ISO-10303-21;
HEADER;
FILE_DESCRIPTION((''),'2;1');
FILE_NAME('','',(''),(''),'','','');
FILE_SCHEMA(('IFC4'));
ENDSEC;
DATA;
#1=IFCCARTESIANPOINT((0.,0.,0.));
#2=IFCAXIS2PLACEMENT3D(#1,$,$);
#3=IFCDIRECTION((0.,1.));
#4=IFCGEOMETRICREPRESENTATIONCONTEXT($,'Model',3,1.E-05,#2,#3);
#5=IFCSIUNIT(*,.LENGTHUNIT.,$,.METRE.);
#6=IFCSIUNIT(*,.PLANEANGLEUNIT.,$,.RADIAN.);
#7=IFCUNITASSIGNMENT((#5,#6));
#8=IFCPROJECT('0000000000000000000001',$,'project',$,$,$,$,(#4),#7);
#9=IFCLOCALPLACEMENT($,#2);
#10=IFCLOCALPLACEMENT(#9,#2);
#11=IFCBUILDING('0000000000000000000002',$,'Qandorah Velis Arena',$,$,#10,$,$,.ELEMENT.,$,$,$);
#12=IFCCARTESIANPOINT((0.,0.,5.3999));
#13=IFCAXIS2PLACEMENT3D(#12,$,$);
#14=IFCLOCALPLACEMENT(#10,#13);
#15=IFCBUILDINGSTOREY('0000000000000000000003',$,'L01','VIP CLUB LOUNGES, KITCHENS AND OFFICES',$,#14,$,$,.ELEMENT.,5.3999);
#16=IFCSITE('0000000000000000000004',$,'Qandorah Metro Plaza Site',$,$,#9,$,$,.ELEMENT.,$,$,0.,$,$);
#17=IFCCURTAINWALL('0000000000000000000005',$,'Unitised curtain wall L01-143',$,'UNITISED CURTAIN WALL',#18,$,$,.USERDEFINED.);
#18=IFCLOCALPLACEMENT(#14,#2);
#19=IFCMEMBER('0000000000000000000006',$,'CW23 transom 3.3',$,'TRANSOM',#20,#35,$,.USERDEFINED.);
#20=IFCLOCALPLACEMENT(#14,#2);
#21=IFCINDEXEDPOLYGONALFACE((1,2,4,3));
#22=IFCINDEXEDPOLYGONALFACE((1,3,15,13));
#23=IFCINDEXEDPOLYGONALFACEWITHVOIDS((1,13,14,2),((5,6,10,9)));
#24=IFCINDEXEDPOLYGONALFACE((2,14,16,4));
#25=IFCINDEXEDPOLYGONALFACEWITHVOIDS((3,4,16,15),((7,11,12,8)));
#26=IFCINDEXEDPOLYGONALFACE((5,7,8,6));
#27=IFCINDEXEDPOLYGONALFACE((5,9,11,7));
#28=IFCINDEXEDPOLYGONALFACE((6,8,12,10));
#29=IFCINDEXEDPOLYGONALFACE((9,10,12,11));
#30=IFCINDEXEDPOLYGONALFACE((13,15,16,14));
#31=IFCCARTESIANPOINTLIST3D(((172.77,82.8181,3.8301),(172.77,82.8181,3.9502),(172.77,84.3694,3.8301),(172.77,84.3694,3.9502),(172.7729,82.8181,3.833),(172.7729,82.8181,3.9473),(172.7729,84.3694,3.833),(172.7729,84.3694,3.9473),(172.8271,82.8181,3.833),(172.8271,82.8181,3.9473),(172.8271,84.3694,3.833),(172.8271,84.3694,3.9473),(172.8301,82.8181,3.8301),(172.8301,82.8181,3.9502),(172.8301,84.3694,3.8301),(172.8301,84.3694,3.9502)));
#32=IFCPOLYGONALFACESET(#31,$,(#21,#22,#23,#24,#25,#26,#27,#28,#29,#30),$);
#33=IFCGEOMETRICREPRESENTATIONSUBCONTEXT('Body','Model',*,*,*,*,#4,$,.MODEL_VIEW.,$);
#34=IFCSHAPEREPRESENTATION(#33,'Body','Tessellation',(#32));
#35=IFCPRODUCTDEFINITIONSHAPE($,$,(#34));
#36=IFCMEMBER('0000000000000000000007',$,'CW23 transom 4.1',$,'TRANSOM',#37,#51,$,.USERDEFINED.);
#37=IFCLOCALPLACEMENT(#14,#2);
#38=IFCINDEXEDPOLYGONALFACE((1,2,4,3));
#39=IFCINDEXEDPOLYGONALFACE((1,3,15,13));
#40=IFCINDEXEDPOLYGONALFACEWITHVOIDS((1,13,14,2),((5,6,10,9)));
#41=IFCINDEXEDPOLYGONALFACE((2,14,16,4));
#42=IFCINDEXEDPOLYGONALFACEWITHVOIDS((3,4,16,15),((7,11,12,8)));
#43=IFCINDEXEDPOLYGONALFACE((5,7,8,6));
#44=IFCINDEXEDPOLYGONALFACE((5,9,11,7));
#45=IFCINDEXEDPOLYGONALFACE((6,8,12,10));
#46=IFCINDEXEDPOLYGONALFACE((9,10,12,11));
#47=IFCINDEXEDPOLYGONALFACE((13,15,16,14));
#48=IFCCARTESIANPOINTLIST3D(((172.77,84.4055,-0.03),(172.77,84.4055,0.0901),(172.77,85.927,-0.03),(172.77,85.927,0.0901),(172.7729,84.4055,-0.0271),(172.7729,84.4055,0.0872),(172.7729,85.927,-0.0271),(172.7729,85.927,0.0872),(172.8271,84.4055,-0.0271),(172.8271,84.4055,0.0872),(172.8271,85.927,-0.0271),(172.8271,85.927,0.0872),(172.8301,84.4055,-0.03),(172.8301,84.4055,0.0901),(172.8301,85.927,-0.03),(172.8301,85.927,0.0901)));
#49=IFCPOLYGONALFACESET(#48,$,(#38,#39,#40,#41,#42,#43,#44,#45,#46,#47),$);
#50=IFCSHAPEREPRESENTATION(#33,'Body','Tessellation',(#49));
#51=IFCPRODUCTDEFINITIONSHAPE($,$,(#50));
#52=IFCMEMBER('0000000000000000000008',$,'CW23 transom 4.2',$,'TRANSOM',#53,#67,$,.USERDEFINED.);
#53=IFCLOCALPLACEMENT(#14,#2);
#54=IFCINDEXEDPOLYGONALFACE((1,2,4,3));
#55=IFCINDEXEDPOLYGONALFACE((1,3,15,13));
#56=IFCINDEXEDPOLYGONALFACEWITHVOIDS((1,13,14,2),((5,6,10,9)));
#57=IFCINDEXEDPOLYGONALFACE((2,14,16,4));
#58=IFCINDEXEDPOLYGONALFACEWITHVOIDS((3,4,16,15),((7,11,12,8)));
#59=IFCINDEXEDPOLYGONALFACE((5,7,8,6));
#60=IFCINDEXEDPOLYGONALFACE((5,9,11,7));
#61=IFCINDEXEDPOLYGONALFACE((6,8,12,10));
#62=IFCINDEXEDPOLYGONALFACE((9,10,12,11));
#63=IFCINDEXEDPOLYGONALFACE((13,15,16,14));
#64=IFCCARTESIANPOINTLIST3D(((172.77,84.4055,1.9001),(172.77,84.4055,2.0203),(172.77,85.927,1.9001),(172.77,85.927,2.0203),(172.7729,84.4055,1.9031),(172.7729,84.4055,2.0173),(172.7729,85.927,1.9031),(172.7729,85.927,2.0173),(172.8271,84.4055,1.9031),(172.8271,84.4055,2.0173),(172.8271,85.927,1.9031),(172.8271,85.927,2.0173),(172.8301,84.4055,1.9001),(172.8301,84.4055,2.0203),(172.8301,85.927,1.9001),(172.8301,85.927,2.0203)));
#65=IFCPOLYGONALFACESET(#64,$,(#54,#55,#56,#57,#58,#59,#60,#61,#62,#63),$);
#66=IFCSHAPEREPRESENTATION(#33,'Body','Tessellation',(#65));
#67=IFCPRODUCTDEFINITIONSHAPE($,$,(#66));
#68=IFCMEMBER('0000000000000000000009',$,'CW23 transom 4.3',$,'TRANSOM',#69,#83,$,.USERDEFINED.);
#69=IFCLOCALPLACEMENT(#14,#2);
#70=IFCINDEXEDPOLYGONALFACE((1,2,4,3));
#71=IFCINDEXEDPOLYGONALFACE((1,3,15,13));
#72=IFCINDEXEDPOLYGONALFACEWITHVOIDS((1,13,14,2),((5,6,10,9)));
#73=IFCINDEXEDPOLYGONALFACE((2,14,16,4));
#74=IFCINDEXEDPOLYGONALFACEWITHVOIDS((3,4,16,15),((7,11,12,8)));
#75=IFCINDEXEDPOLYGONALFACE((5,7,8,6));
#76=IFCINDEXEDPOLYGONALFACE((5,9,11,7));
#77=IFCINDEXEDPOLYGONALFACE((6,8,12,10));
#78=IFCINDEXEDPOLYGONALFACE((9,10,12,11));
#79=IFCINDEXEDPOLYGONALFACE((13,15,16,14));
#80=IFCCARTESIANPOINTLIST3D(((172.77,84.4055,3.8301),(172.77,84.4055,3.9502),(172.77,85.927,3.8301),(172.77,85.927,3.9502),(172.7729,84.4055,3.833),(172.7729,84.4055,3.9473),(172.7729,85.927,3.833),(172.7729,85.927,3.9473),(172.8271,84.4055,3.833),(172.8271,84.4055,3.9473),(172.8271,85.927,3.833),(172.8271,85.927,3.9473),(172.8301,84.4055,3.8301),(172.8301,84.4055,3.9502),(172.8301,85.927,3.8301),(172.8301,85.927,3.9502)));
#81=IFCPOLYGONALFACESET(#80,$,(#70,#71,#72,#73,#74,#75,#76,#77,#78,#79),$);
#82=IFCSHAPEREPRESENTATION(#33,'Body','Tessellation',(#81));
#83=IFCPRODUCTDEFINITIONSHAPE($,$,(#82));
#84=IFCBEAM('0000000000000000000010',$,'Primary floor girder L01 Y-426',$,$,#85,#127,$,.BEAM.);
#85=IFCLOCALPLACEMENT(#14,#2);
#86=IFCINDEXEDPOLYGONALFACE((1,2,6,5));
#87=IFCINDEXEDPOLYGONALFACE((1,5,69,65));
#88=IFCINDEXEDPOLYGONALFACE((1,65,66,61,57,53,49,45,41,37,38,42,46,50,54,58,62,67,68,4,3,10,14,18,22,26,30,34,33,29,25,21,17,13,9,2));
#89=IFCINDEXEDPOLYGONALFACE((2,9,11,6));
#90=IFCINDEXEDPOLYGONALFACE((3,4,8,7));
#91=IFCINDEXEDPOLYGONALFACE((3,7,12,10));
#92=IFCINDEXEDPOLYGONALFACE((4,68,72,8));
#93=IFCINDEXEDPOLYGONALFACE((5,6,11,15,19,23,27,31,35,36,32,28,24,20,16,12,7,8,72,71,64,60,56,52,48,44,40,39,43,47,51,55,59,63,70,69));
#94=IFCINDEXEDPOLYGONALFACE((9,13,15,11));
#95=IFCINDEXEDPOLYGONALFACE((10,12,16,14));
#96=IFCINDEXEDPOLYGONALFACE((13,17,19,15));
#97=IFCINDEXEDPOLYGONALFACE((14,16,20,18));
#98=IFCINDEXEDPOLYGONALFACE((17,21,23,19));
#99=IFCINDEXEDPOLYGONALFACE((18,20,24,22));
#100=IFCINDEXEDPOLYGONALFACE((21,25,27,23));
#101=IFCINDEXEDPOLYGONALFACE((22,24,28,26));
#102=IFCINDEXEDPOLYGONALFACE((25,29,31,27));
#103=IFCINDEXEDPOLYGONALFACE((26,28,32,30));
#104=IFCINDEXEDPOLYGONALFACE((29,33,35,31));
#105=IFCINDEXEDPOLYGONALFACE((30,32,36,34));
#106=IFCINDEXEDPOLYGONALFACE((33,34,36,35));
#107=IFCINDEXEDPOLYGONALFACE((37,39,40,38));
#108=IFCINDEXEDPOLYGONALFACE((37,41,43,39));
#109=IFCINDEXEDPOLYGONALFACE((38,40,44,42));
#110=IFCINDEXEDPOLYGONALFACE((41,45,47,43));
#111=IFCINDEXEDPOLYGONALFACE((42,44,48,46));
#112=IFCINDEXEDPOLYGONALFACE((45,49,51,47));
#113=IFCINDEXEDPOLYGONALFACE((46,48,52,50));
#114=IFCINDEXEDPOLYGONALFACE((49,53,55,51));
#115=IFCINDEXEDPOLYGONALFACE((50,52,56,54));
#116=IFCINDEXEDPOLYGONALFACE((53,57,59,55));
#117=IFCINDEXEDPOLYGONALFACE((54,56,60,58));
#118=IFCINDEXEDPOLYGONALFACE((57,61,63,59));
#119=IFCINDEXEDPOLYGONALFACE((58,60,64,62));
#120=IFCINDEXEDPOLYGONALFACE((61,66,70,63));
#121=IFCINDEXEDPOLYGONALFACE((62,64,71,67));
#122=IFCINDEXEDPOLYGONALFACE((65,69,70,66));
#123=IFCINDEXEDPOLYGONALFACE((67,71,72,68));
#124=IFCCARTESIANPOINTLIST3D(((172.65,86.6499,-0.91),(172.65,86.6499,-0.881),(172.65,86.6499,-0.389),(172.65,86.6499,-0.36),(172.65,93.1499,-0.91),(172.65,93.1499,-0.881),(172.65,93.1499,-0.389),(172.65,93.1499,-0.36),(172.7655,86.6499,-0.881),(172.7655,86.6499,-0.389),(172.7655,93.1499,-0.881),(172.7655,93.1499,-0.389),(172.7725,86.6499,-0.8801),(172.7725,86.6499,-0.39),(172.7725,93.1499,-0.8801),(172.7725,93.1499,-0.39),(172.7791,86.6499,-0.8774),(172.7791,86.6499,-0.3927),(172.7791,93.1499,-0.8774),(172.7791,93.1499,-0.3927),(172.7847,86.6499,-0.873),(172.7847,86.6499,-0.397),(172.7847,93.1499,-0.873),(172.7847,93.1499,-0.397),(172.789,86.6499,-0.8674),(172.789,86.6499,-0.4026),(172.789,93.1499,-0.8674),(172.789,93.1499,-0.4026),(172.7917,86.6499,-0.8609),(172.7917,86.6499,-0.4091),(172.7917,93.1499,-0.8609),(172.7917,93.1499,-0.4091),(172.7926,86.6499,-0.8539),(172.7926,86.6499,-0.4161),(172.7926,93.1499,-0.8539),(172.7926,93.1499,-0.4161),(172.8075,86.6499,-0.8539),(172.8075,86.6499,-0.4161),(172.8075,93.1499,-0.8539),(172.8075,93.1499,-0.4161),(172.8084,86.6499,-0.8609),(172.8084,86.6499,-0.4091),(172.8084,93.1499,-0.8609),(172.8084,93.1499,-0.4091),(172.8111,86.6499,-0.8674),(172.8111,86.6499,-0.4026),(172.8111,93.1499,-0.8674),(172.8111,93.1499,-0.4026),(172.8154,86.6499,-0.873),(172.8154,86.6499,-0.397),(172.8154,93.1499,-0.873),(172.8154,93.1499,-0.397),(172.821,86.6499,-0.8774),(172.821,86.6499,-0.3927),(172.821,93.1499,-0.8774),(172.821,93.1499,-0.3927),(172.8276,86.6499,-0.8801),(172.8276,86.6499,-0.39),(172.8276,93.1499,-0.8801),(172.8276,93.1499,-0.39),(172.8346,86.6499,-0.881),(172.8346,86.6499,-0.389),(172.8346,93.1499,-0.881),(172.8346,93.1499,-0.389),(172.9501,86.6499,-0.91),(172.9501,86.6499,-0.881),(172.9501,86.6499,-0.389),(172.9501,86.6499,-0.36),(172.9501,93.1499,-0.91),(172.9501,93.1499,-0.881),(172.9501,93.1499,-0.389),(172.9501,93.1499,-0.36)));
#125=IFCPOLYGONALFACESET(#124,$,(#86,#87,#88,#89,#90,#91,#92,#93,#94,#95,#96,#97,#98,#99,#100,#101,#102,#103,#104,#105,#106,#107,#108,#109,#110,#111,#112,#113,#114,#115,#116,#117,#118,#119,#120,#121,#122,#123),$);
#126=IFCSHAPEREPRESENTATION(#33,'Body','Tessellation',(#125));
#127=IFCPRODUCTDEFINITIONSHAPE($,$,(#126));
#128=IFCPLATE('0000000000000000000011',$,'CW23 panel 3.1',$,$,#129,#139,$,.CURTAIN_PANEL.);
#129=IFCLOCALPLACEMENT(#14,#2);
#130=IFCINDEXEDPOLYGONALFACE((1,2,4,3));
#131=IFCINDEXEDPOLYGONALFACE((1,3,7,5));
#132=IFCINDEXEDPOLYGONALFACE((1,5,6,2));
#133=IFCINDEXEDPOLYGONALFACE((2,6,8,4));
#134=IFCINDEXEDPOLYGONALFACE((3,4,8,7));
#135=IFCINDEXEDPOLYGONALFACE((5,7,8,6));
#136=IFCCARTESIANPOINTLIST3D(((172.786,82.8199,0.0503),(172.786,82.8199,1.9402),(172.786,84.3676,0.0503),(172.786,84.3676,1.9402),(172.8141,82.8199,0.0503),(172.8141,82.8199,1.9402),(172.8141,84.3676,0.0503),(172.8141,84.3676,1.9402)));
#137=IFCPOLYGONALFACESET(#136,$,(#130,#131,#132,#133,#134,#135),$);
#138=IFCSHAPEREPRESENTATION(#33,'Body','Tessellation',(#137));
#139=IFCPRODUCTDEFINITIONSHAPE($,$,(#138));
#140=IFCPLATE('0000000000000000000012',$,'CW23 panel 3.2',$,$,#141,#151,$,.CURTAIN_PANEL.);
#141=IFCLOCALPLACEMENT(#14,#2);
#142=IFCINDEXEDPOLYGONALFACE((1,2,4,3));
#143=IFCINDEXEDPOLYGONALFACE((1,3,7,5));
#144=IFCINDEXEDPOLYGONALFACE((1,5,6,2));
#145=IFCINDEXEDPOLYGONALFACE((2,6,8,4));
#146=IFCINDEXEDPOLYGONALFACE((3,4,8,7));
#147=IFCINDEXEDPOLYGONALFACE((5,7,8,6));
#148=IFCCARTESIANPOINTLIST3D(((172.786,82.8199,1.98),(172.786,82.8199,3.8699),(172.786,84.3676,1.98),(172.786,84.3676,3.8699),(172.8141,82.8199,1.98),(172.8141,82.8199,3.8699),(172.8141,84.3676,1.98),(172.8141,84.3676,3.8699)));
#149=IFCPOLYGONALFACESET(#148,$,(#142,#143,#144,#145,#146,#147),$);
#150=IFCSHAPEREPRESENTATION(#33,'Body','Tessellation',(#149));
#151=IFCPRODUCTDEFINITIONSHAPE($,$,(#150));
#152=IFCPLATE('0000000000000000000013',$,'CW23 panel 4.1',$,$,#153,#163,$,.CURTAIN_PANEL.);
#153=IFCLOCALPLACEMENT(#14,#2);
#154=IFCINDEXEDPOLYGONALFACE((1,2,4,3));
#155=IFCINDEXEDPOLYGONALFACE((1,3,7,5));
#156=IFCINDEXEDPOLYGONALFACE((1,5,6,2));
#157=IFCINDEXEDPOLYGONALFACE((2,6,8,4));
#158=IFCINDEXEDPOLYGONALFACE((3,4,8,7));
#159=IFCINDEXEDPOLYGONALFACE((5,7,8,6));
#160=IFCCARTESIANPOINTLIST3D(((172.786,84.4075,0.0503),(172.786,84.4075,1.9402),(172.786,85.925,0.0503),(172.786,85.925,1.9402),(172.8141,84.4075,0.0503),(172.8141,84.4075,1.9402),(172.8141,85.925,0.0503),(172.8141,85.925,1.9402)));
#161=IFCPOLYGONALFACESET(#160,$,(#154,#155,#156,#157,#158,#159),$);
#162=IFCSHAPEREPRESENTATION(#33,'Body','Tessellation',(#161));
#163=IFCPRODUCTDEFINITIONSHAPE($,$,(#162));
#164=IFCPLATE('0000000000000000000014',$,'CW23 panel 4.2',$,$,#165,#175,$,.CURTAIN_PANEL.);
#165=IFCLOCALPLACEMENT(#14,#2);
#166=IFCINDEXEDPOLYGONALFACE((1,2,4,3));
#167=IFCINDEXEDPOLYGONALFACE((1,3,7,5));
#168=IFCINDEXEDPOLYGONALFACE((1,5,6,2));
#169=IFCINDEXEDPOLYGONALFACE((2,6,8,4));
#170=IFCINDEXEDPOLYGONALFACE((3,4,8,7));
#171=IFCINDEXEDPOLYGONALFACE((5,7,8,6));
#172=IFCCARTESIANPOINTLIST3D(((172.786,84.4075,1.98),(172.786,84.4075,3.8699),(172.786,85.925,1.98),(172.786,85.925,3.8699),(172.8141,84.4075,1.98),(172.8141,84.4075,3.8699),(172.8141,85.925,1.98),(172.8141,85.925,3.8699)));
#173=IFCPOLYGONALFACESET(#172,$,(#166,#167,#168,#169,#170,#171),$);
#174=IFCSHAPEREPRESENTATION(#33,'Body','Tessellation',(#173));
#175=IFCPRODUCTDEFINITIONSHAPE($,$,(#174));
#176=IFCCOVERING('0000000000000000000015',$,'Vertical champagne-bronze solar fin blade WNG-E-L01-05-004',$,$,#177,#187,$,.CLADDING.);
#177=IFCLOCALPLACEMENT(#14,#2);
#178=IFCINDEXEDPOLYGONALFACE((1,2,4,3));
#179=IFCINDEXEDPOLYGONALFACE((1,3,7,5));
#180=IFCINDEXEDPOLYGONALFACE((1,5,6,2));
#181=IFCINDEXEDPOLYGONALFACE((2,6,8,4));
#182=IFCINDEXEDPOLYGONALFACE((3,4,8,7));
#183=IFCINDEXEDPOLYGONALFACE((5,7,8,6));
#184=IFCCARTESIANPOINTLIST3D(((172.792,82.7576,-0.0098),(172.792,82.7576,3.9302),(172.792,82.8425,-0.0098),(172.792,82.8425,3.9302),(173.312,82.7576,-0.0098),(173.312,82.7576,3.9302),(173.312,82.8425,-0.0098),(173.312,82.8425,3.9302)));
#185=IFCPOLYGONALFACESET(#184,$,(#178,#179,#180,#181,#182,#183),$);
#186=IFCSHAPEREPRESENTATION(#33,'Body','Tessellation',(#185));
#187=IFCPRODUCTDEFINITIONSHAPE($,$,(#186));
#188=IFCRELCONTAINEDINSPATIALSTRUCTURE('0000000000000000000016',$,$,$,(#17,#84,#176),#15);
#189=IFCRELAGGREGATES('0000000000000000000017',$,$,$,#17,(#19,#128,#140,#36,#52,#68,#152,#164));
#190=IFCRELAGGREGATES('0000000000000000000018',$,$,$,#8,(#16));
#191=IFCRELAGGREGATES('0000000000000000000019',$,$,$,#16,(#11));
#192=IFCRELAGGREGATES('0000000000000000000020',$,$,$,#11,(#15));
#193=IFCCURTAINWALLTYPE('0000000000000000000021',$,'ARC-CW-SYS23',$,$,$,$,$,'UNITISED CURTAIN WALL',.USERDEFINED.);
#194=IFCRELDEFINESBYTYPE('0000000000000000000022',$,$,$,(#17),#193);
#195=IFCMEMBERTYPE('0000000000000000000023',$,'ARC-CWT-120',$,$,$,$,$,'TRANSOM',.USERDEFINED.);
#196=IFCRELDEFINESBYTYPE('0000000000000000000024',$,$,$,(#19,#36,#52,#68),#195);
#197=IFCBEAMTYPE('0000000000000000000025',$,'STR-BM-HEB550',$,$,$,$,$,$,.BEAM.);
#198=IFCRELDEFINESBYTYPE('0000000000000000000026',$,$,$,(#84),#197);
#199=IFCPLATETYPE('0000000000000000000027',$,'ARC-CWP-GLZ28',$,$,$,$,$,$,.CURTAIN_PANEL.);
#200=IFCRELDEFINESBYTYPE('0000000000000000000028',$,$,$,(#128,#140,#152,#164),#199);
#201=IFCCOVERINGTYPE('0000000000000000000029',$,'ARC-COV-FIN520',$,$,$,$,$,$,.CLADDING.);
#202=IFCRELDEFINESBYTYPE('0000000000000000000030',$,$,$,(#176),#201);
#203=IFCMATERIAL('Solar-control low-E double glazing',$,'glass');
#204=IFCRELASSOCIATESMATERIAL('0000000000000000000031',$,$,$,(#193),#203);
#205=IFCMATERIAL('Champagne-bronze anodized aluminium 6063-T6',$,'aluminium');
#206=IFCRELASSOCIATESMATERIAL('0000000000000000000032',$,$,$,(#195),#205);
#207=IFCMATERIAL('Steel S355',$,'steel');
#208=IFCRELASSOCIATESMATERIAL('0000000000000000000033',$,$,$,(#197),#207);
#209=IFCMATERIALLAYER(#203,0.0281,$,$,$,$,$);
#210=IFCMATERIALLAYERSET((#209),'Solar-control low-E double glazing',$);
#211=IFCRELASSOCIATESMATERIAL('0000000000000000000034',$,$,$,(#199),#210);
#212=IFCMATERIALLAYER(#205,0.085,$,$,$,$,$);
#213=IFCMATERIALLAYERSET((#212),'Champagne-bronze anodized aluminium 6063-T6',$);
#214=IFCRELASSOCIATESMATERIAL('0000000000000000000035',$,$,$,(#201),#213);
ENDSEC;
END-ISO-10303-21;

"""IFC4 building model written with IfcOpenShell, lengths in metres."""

from ifc_helpers import new_model, si_unit, direction, frame, origin, origin_2d, place, context, subcontext, project, spatial, rectangle, hollow_rectangle, i_section, extrude, material, layer, layer_set, material_profile, profile_set, type_object, element, aggregate, save


model = new_model("IFC4")

# Units and contexts
model_context = context("Model", 3, precision=1e-05, world=origin(), true_north=direction((0.0, 1.0)))
body_context = subcontext(model_context, "Body", "Model", "MODEL_VIEW")
ifc_project = project(units=[si_unit("LENGTHUNIT", "METRE"), si_unit("PLANEANGLEUNIT", "RADIAN")], contexts=[model_context])

# Site, building, storey
site_placement = place(None, origin())
site = spatial("IfcSite", under=ifc_project, at=site_placement, Name="Qandorah Metro Plaza Site", CompositionType="ELEMENT", RefElevation=0.0)
building_placement = place(site_placement, origin())
building = spatial("IfcBuilding", under=site, at=building_placement, Name="Qandorah Velis Arena", CompositionType="ELEMENT")
storey_placement = place(building_placement, frame((0.0, 0.0, 5.3999)))
storey = spatial("IfcBuildingStorey", under=building, at=storey_placement, Name="L01", Description="VIP CLUB LOUNGES, KITCHENS AND OFFICES", CompositionType="ELEMENT", Elevation=5.3999)

# Shared definitions
ifc_material_1 = material(Name="Solar-control low-E double glazing", Category="glass")
ifc_material_2 = material(Name="Champagne-bronze anodized aluminium 6063-T6", Category="aluminium")

# Curtain wall
curtain_wall_type_1 = type_object("IfcCurtainWallType", Name="ARC-CW-SYS23", ElementType="UNITISED CURTAIN WALL", PredefinedType="USERDEFINED", material=ifc_material_1)
curtain_wall_1_placement = place(storey_placement, origin())
curtain_wall_1 = element("IfcCurtainWall", 1, at=curtain_wall_1_placement, inside=storey, type_object=curtain_wall_type_1, Name="Unitised curtain wall L01-143", ObjectType="UNITISED CURTAIN WALL", PredefinedType="USERDEFINED")

# Members
ifc_material_profile_1 = material_profile(ifc_material_2, hollow_rectangle(XDim=0.0601, YDim=0.1201, WallThickness=0.0029, at=origin_2d()), Name="ALU TRANSOM 60x120")
ifc_profile_set_1 = profile_set([ifc_material_profile_1], Name="Champagne-bronze anodized aluminium 6063-T6")
member_type_1 = type_object("IfcMemberType", Name="ARC-CWT-120", ElementType="TRANSOM", PredefinedType="USERDEFINED", material=ifc_profile_set_1)
member_1_placement = place(storey_placement, frame((172.8, 82.8181, 3.8901), z_axis=(0.0, 1.0, 0.0), x_axis=(-1.0, 0.0, 0.0)))
member_1 = element("IfcMember", 2, at=member_1_placement, type_object=member_type_1, Name="CW23 transom 3.3", ObjectType="TRANSOM", PredefinedType="USERDEFINED", context=body_context, shape_type="SweptSolid", body=[
    extrude(hollow_rectangle(XDim=0.0601, YDim=0.1201, WallThickness=0.0029, at=origin_2d()), origin(), (0.0, 0.0, 1.0), 1.5513),
])
member_2_placement = place(storey_placement, frame((172.8, 84.4055, 0.03), z_axis=(0.0, 1.0, 0.0), x_axis=(-1.0, 0.0, 0.0)))
member_2 = element("IfcMember", 3, at=member_2_placement, type_object=member_type_1, Name="CW23 transom 4.1", ObjectType="TRANSOM", PredefinedType="USERDEFINED", context=body_context, shape_type="SweptSolid", body=[
    extrude(hollow_rectangle(XDim=0.0601, YDim=0.1201, WallThickness=0.0029, at=origin_2d()), origin(), (0.0, 0.0, 1.0), 1.5215),
])
member_3_placement = place(storey_placement, frame((172.8, 84.4055, 1.9602), z_axis=(0.0, 1.0, 0.0), x_axis=(-1.0, 0.0, 0.0)))
member_3 = element("IfcMember", 4, at=member_3_placement, type_object=member_type_1, Name="CW23 transom 4.2", ObjectType="TRANSOM", PredefinedType="USERDEFINED", context=body_context, shape_type="SweptSolid", body=[
    extrude(hollow_rectangle(XDim=0.0601, YDim=0.1201, WallThickness=0.0029, at=origin_2d()), origin(), (0.0, 0.0, 1.0), 1.5215),
])
member_4_placement = place(storey_placement, frame((172.8, 84.4055, 3.8901), z_axis=(0.0, 1.0, 0.0), x_axis=(-1.0, 0.0, 0.0)))
member_4 = element("IfcMember", 5, at=member_4_placement, type_object=member_type_1, Name="CW23 transom 4.3", ObjectType="TRANSOM", PredefinedType="USERDEFINED", context=body_context, shape_type="SweptSolid", body=[
    extrude(hollow_rectangle(XDim=0.0601, YDim=0.1201, WallThickness=0.0029, at=origin_2d()), origin(), (0.0, 0.0, 1.0), 1.5215),
])

# Beam
ifc_material_3 = material(Name="Steel S355", Category="steel")
ifc_material_profile_2 = material_profile(ifc_material_3, i_section(OverallWidth=0.3, OverallDepth=0.55, WebThickness=0.0149, FlangeThickness=0.0291, FilletRadius=0.0271, at=origin_2d()), Name="HEB 550")
ifc_profile_set_2 = profile_set([ifc_material_profile_2], Name="Steel S355")
beam_type = type_object("IfcBeamType", Name="STR-BM-HEB550", PredefinedType="BEAM", material=ifc_profile_set_2)
beam_placement = place(storey_placement, frame((172.8, 86.6499, -0.635), z_axis=(0.0, 1.0, 0.0), x_axis=(-1.0, 0.0, 0.0)))
element("IfcBeam", 6, at=beam_placement, inside=storey, type_object=beam_type, Name="Primary floor girder L01 Y-426", PredefinedType="BEAM", context=body_context, shape_type="SweptSolid", body=[
    extrude(i_section(OverallWidth=0.3, OverallDepth=0.55, WebThickness=0.0149, FlangeThickness=0.0291, FilletRadius=0.0271, at=origin_2d()), origin(), (0.0, 0.0, 1.0), 6.5),
])

# Plates
ifc_layer_1 = layer(ifc_material_1, 0.0281)
ifc_layer_set_1 = layer_set([ifc_layer_1], Name="Solar-control low-E double glazing")
plate_type = type_object("IfcPlateType", Name="ARC-CWP-GLZ28", PredefinedType="CURTAIN_PANEL", material=ifc_layer_set_1)
plate_1_placement = place(storey_placement, frame((172.8, 83.5938, 0.0503), z_axis=(0.0, 0.0, 1.0), x_axis=(0.0, 1.0, 0.0)))
plate_1 = element("IfcPlate", 7, at=plate_1_placement, type_object=plate_type, Name="CW23 panel 3.1", PredefinedType="CURTAIN_PANEL", context=body_context, shape_type="SweptSolid", body=[
    extrude(rectangle(XDim=1.5476, YDim=0.0281, at=origin_2d()), origin(), (0.0, 0.0, 1.0), 1.8899),
])
plate_2_placement = place(storey_placement, frame((172.8, 83.5938, 1.98), z_axis=(0.0, 0.0, 1.0), x_axis=(0.0, 1.0, 0.0)))
plate_2 = element("IfcPlate", 8, at=plate_2_placement, type_object=plate_type, Name="CW23 panel 3.2", PredefinedType="CURTAIN_PANEL", context=body_context, shape_type="SweptSolid", body=[
    extrude(rectangle(XDim=1.5476, YDim=0.0281, at=origin_2d()), origin(), (0.0, 0.0, 1.0), 1.8899),
])
plate_3_placement = place(storey_placement, frame((172.8, 85.1663, 0.0503), z_axis=(0.0, 0.0, 1.0), x_axis=(0.0, 1.0, 0.0)))
plate_3 = element("IfcPlate", 9, at=plate_3_placement, type_object=plate_type, Name="CW23 panel 4.1", PredefinedType="CURTAIN_PANEL", context=body_context, shape_type="SweptSolid", body=[
    extrude(rectangle(XDim=1.5176, YDim=0.0281, at=origin_2d()), origin(), (0.0, 0.0, 1.0), 1.8899),
])
plate_4_placement = place(storey_placement, frame((172.8, 85.1663, 1.98), z_axis=(0.0, 0.0, 1.0), x_axis=(0.0, 1.0, 0.0)))
plate_4 = element("IfcPlate", 10, at=plate_4_placement, type_object=plate_type, Name="CW23 panel 4.2", PredefinedType="CURTAIN_PANEL", context=body_context, shape_type="SweptSolid", body=[
    extrude(rectangle(XDim=1.5176, YDim=0.0281, at=origin_2d()), origin(), (0.0, 0.0, 1.0), 1.8899),
])
aggregate(curtain_wall_1, [member_1, plate_1, plate_2, member_2, member_3, member_4, plate_3, plate_4])

# Covering
ifc_layer_2 = layer(ifc_material_2, 0.085)
ifc_layer_set_2 = layer_set([ifc_layer_2], Name="Champagne-bronze anodized aluminium 6063-T6")
covering_type = type_object("IfcCoveringType", Name="ARC-COV-FIN520", PredefinedType="CLADDING", material=ifc_layer_set_2)
for number, where, z_axis, x_axis, name in (
    (11, (173.052, 82.8, -0.0098), (0.0, 0.0, 1.0), (1.0, 0.0, 0.0), "Vertical champagne-bronze solar fin blade WNG-E-L01-05-004"),
):
    element("IfcCovering", number, at=place(storey_placement, frame(where, z_axis=z_axis, x_axis=x_axis)), inside=storey, type_object=covering_type, Name=name, PredefinedType="CLADDING", context=body_context, shape_type="SweptSolid", body=[
        extrude(rectangle(XDim=0.52, YDim=0.085, at=origin_2d()), origin(), (0.0, 0.0, 1.0), 3.9399),
    ])

save(model, "model.ifc")
